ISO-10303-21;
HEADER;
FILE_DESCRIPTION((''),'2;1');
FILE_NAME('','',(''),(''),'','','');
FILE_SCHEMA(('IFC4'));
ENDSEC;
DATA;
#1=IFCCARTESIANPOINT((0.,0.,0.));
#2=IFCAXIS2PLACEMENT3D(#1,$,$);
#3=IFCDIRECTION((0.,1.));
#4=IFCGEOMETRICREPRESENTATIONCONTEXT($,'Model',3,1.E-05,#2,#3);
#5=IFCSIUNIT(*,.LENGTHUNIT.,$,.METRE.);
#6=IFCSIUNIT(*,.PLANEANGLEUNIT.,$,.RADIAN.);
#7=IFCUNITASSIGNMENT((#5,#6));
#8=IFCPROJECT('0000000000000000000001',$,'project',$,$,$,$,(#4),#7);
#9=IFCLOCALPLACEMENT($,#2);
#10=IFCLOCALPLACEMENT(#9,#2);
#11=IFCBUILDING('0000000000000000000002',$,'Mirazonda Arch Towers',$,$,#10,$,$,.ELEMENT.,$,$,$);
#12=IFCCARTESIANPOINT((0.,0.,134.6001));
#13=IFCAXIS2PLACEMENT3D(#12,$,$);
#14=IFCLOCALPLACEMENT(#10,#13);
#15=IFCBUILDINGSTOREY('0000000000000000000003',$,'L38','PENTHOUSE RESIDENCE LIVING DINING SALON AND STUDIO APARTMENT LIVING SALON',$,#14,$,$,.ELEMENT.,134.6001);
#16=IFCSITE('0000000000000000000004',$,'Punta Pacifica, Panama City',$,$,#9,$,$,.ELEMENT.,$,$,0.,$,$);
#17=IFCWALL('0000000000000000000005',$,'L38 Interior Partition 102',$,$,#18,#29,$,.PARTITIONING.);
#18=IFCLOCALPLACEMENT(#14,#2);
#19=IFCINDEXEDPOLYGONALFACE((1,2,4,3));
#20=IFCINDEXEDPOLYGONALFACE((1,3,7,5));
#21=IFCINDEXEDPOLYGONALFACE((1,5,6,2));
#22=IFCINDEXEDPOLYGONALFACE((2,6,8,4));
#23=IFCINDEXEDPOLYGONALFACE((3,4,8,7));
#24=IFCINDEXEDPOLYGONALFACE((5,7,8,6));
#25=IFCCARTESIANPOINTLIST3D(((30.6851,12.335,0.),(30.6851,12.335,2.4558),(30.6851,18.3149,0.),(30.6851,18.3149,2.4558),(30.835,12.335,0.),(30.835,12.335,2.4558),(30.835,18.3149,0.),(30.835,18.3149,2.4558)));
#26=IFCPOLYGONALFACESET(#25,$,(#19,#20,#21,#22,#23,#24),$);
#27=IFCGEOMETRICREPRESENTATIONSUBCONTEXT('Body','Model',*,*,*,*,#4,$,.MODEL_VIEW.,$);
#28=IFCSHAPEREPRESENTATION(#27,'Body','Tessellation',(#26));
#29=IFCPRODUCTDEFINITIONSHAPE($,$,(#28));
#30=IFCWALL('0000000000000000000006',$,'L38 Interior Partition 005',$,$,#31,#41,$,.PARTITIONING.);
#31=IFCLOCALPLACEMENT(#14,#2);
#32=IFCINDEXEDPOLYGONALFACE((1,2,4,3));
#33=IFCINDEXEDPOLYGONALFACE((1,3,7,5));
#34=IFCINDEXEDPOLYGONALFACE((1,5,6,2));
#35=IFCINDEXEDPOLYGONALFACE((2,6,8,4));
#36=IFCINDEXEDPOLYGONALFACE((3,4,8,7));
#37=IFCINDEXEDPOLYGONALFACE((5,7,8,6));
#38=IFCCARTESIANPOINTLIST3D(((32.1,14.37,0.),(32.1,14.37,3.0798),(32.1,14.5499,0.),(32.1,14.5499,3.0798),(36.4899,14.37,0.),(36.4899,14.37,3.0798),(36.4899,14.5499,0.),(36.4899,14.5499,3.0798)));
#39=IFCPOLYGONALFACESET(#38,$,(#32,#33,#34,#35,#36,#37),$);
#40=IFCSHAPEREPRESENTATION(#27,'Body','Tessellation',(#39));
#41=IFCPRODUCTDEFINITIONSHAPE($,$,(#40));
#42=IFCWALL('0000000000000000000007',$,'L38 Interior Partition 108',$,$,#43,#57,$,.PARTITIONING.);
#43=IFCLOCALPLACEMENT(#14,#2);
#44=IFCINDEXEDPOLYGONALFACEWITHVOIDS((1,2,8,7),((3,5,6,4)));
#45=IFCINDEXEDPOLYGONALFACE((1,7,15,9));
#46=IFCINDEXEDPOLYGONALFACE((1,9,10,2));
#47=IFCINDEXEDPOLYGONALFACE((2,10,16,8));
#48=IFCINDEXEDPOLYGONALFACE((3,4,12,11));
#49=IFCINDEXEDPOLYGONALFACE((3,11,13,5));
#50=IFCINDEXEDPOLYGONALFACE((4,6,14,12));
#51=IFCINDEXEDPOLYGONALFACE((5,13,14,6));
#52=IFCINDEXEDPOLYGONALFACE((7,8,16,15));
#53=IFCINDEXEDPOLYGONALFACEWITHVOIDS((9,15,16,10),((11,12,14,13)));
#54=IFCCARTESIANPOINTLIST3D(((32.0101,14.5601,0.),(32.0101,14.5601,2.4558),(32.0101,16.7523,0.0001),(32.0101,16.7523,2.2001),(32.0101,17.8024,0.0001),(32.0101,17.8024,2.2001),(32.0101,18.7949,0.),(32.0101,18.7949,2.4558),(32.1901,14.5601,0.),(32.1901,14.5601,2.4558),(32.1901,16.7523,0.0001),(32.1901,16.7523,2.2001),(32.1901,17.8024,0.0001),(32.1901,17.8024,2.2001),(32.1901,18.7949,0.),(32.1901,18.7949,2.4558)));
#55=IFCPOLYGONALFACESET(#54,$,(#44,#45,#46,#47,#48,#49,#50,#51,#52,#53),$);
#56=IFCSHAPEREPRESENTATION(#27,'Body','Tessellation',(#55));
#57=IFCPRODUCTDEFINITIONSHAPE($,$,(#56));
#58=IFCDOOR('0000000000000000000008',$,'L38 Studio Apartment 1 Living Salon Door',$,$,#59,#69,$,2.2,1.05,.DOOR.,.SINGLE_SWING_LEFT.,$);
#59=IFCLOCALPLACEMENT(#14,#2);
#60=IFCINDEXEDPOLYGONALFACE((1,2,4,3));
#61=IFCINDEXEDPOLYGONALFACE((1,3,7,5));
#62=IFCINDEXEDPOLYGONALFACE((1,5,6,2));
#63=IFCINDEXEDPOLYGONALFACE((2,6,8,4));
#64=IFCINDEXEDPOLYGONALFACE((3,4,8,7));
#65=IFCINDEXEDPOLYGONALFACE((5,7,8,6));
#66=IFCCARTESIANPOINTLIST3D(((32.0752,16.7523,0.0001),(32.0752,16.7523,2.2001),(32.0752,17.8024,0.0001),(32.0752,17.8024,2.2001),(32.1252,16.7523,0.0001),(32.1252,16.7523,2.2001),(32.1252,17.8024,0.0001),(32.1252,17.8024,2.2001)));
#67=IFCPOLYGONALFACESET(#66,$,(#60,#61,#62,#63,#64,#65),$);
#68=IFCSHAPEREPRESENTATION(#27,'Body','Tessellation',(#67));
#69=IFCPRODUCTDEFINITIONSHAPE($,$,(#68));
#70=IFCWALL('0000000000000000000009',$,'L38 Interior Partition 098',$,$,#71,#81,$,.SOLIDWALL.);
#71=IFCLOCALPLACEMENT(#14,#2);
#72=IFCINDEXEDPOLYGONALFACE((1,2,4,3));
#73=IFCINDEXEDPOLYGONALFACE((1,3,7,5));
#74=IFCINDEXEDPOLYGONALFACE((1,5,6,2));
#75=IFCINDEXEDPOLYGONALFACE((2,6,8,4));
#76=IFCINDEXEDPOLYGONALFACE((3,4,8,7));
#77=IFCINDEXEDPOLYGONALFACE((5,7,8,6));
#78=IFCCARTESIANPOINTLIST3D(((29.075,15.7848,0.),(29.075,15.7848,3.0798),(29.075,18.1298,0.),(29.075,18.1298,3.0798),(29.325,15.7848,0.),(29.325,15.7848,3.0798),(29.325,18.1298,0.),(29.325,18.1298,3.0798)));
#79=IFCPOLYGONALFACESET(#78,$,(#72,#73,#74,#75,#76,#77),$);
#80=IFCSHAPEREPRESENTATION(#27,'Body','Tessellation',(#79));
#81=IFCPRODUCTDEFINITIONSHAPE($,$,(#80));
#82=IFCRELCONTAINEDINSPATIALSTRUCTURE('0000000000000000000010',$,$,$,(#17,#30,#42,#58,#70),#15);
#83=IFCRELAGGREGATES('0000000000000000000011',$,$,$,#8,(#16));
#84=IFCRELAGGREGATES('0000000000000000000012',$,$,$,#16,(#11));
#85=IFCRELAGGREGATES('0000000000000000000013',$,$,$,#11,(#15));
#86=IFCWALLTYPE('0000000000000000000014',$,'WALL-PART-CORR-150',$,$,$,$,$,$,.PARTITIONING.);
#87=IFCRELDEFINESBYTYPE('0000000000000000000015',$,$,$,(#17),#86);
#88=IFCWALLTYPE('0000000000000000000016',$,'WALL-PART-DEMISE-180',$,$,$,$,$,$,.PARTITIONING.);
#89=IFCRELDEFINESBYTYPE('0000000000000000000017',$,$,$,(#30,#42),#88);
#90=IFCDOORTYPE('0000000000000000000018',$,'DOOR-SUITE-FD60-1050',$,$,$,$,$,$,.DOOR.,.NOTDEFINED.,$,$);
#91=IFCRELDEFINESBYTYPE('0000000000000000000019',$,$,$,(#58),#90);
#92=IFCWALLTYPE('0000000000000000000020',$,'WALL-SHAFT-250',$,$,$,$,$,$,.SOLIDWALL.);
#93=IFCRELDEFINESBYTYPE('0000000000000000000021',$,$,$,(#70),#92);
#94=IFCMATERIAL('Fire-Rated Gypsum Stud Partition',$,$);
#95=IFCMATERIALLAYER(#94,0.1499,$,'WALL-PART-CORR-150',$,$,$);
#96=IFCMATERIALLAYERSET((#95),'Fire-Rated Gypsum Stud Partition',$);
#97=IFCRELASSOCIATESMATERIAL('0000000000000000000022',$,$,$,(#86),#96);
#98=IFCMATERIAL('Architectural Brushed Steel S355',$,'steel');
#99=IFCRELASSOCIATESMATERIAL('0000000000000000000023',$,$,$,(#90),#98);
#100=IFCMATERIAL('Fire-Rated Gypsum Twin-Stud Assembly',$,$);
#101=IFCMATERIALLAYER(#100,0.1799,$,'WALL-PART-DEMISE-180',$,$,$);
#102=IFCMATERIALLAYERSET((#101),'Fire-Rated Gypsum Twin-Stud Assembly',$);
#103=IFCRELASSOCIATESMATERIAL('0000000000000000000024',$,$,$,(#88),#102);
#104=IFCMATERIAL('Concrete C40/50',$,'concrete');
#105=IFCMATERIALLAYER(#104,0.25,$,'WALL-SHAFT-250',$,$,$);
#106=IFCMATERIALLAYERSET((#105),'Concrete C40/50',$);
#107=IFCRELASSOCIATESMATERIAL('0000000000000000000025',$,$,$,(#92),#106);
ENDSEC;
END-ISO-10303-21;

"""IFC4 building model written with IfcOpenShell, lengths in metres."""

from ifc_helpers import new_model, si_unit, direction, frame, frame_2d, origin, place, context, subcontext, project, spatial, rectangle, extrude, material, layer, layer_set, type_object, element, fill, save


model = new_model("IFC4")

# Units and contexts
model_context = context("Model", 3, precision=1e-05, world=origin(), true_north=direction((0.0, 1.0)))
body_context = subcontext(model_context, "Body", "Model", "MODEL_VIEW")
ifc_project = project(units=[si_unit("LENGTHUNIT", "METRE"), si_unit("PLANEANGLEUNIT", "RADIAN")], contexts=[model_context])

# Site, building, storey
site_placement = place(None, origin())
site = spatial("IfcSite", under=ifc_project, at=site_placement, Name="Punta Pacifica, Panama City", CompositionType="ELEMENT", RefElevation=0.0)
building_placement = place(site_placement, origin())
building = spatial("IfcBuilding", under=site, at=building_placement, Name="Mirazonda Arch Towers", CompositionType="ELEMENT")
storey_placement = place(building_placement, frame((0.0, 0.0, 134.6001)))
storey = spatial("IfcBuildingStorey", under=building, at=storey_placement, Name="L38", Description="PENTHOUSE RESIDENCE LIVING DINING SALON AND STUDIO APARTMENT LIVING SALON", CompositionType="ELEMENT", Elevation=134.6001)

# Shared definitions
ifc_material_1 = material(Name="Fire-Rated Gypsum Stud Partition")
ifc_layer_1 = layer(ifc_material_1, 0.1499, Name="WALL-PART-CORR-150")
ifc_layer_set_1 = layer_set([ifc_layer_1], Name="Fire-Rated Gypsum Stud Partition")
wall_type_1 = type_object("IfcWallType", Name="WALL-PART-CORR-150", PredefinedType="PARTITIONING", material=ifc_layer_set_1)

# Shared definitions
ifc_material_2 = material(Name="Architectural Brushed Steel S355", Category="steel")
door_type_1 = type_object("IfcDoorType", Name="DOOR-SUITE-FD60-1050", OperationType="NOTDEFINED", PredefinedType="DOOR", material=ifc_material_2)

# Walls
wall_1_placement = place(storey_placement, frame((30.76, 12.335, 0.0), z_axis=(0.0, 0.0, 1.0), x_axis=(0.0, 1.0, 0.0)))
element("IfcWall", 1, at=wall_1_placement, inside=storey, type_object=wall_type_1, Name="L38 Interior Partition 102", PredefinedType="PARTITIONING", context=body_context, shape_type="SweptSolid", body=[
    extrude(rectangle(XDim=5.98, YDim=0.1499, at=frame_2d((2.99, 0.0))), origin(), (0.0, 0.0, 1.0), 2.4558),
])
ifc_material_3 = material(Name="Fire-Rated Gypsum Twin-Stud Assembly")
ifc_layer_2 = layer(ifc_material_3, 0.1799, Name="WALL-PART-DEMISE-180")
ifc_layer_set_2 = layer_set([ifc_layer_2], Name="Fire-Rated Gypsum Twin-Stud Assembly")
wall_type_2 = type_object("IfcWallType", Name="WALL-PART-DEMISE-180", PredefinedType="PARTITIONING", material=ifc_layer_set_2)
wall_2_placement = place(storey_placement, frame((32.1001, 14.46, 0.0), z_axis=(0.0, 0.0, 1.0), x_axis=(1.0, 0.0, 0.0)))
element("IfcWall", 2, at=wall_2_placement, inside=storey, type_object=wall_type_2, Name="L38 Interior Partition 005", PredefinedType="PARTITIONING", context=body_context, shape_type="SweptSolid", body=[
    extrude(rectangle(XDim=4.3899, YDim=0.1799, at=frame_2d((2.1948, 0.0))), origin(), (0.0, 0.0, 1.0), 3.0798),
])

# Wall, opening, door
wall_3_placement = place(storey_placement, frame((32.1001, 14.5601, 0.0), z_axis=(0.0, 0.0, 1.0), x_axis=(0.0, 1.0, 0.0)))
wall_3 = element("IfcWall", 3, at=wall_3_placement, inside=storey, type_object=wall_type_2, Name="L38 Interior Partition 108", PredefinedType="PARTITIONING", context=body_context, shape_type="SweptSolid", body=[
    extrude(rectangle(XDim=4.2349, YDim=0.1799, at=frame_2d((2.1174, 0.0))), origin(), (0.0, 0.0, 1.0), 2.4558),
])
opening_1_placement = place(wall_3_placement, frame((2.1924, 0.0, 0.0)))
opening_1 = element("IfcOpeningElement", 4, at=opening_1_placement, cuts=wall_3, PredefinedType="OPENING", context=body_context, shape_type="SweptSolid", body=[
    extrude(rectangle(XDim=1.05, YDim=2.2, at=frame_2d((0.5249, 1.1001))), frame((0.0, 0.0999, 0.0), z_axis=(0.0, -1.0, 0.0), x_axis=(1.0, 0.0, 0.0)), (0.0, 0.0, 1.0), 0.2),
])
door_1_placement = place(opening_1_placement, origin())
door_1 = element("IfcDoor", 5, at=door_1_placement, inside=storey, type_object=door_type_1, Name="L38 Studio Apartment 1 Living Salon Door", OperationType="SINGLE_SWING_LEFT", OverallHeight=2.2, OverallWidth=1.05, PredefinedType="DOOR", context=body_context, shape_type="SweptSolid", body=[
    extrude(rectangle(XDim=1.05, YDim=2.2, at=frame_2d((0.5249, 1.1001))), frame((0.0, 0.0249, 0.0), z_axis=(0.0, -1.0, 0.0), x_axis=(1.0, 0.0, 0.0)), (0.0, 0.0, 1.0), 0.05),
])
fill(opening_1, door_1)

# Wall
ifc_material_4 = material(Name="Concrete C40/50", Category="concrete")
ifc_layer_3 = layer(ifc_material_4, 0.25, Name="WALL-SHAFT-250")
ifc_layer_set_3 = layer_set([ifc_layer_3], Name="Concrete C40/50")
wall_type_3 = type_object("IfcWallType", Name="WALL-SHAFT-250", PredefinedType="SOLIDWALL", material=ifc_layer_set_3)
wall_4_placement = place(storey_placement, frame((29.2, 15.7849, 0.0), z_axis=(0.0, 0.0, 1.0), x_axis=(0.0, 1.0, 0.0)))
element("IfcWall", 6, at=wall_4_placement, inside=storey, type_object=wall_type_3, Name="L38 Interior Partition 098", PredefinedType="SOLIDWALL", context=body_context, shape_type="SweptSolid", body=[
    extrude(rectangle(XDim=2.345, YDim=0.25, at=frame_2d((1.1724, 0.0))), origin(), (0.0, 0.0, 1.0), 3.0798),
])

save(model, "model.ifc")
